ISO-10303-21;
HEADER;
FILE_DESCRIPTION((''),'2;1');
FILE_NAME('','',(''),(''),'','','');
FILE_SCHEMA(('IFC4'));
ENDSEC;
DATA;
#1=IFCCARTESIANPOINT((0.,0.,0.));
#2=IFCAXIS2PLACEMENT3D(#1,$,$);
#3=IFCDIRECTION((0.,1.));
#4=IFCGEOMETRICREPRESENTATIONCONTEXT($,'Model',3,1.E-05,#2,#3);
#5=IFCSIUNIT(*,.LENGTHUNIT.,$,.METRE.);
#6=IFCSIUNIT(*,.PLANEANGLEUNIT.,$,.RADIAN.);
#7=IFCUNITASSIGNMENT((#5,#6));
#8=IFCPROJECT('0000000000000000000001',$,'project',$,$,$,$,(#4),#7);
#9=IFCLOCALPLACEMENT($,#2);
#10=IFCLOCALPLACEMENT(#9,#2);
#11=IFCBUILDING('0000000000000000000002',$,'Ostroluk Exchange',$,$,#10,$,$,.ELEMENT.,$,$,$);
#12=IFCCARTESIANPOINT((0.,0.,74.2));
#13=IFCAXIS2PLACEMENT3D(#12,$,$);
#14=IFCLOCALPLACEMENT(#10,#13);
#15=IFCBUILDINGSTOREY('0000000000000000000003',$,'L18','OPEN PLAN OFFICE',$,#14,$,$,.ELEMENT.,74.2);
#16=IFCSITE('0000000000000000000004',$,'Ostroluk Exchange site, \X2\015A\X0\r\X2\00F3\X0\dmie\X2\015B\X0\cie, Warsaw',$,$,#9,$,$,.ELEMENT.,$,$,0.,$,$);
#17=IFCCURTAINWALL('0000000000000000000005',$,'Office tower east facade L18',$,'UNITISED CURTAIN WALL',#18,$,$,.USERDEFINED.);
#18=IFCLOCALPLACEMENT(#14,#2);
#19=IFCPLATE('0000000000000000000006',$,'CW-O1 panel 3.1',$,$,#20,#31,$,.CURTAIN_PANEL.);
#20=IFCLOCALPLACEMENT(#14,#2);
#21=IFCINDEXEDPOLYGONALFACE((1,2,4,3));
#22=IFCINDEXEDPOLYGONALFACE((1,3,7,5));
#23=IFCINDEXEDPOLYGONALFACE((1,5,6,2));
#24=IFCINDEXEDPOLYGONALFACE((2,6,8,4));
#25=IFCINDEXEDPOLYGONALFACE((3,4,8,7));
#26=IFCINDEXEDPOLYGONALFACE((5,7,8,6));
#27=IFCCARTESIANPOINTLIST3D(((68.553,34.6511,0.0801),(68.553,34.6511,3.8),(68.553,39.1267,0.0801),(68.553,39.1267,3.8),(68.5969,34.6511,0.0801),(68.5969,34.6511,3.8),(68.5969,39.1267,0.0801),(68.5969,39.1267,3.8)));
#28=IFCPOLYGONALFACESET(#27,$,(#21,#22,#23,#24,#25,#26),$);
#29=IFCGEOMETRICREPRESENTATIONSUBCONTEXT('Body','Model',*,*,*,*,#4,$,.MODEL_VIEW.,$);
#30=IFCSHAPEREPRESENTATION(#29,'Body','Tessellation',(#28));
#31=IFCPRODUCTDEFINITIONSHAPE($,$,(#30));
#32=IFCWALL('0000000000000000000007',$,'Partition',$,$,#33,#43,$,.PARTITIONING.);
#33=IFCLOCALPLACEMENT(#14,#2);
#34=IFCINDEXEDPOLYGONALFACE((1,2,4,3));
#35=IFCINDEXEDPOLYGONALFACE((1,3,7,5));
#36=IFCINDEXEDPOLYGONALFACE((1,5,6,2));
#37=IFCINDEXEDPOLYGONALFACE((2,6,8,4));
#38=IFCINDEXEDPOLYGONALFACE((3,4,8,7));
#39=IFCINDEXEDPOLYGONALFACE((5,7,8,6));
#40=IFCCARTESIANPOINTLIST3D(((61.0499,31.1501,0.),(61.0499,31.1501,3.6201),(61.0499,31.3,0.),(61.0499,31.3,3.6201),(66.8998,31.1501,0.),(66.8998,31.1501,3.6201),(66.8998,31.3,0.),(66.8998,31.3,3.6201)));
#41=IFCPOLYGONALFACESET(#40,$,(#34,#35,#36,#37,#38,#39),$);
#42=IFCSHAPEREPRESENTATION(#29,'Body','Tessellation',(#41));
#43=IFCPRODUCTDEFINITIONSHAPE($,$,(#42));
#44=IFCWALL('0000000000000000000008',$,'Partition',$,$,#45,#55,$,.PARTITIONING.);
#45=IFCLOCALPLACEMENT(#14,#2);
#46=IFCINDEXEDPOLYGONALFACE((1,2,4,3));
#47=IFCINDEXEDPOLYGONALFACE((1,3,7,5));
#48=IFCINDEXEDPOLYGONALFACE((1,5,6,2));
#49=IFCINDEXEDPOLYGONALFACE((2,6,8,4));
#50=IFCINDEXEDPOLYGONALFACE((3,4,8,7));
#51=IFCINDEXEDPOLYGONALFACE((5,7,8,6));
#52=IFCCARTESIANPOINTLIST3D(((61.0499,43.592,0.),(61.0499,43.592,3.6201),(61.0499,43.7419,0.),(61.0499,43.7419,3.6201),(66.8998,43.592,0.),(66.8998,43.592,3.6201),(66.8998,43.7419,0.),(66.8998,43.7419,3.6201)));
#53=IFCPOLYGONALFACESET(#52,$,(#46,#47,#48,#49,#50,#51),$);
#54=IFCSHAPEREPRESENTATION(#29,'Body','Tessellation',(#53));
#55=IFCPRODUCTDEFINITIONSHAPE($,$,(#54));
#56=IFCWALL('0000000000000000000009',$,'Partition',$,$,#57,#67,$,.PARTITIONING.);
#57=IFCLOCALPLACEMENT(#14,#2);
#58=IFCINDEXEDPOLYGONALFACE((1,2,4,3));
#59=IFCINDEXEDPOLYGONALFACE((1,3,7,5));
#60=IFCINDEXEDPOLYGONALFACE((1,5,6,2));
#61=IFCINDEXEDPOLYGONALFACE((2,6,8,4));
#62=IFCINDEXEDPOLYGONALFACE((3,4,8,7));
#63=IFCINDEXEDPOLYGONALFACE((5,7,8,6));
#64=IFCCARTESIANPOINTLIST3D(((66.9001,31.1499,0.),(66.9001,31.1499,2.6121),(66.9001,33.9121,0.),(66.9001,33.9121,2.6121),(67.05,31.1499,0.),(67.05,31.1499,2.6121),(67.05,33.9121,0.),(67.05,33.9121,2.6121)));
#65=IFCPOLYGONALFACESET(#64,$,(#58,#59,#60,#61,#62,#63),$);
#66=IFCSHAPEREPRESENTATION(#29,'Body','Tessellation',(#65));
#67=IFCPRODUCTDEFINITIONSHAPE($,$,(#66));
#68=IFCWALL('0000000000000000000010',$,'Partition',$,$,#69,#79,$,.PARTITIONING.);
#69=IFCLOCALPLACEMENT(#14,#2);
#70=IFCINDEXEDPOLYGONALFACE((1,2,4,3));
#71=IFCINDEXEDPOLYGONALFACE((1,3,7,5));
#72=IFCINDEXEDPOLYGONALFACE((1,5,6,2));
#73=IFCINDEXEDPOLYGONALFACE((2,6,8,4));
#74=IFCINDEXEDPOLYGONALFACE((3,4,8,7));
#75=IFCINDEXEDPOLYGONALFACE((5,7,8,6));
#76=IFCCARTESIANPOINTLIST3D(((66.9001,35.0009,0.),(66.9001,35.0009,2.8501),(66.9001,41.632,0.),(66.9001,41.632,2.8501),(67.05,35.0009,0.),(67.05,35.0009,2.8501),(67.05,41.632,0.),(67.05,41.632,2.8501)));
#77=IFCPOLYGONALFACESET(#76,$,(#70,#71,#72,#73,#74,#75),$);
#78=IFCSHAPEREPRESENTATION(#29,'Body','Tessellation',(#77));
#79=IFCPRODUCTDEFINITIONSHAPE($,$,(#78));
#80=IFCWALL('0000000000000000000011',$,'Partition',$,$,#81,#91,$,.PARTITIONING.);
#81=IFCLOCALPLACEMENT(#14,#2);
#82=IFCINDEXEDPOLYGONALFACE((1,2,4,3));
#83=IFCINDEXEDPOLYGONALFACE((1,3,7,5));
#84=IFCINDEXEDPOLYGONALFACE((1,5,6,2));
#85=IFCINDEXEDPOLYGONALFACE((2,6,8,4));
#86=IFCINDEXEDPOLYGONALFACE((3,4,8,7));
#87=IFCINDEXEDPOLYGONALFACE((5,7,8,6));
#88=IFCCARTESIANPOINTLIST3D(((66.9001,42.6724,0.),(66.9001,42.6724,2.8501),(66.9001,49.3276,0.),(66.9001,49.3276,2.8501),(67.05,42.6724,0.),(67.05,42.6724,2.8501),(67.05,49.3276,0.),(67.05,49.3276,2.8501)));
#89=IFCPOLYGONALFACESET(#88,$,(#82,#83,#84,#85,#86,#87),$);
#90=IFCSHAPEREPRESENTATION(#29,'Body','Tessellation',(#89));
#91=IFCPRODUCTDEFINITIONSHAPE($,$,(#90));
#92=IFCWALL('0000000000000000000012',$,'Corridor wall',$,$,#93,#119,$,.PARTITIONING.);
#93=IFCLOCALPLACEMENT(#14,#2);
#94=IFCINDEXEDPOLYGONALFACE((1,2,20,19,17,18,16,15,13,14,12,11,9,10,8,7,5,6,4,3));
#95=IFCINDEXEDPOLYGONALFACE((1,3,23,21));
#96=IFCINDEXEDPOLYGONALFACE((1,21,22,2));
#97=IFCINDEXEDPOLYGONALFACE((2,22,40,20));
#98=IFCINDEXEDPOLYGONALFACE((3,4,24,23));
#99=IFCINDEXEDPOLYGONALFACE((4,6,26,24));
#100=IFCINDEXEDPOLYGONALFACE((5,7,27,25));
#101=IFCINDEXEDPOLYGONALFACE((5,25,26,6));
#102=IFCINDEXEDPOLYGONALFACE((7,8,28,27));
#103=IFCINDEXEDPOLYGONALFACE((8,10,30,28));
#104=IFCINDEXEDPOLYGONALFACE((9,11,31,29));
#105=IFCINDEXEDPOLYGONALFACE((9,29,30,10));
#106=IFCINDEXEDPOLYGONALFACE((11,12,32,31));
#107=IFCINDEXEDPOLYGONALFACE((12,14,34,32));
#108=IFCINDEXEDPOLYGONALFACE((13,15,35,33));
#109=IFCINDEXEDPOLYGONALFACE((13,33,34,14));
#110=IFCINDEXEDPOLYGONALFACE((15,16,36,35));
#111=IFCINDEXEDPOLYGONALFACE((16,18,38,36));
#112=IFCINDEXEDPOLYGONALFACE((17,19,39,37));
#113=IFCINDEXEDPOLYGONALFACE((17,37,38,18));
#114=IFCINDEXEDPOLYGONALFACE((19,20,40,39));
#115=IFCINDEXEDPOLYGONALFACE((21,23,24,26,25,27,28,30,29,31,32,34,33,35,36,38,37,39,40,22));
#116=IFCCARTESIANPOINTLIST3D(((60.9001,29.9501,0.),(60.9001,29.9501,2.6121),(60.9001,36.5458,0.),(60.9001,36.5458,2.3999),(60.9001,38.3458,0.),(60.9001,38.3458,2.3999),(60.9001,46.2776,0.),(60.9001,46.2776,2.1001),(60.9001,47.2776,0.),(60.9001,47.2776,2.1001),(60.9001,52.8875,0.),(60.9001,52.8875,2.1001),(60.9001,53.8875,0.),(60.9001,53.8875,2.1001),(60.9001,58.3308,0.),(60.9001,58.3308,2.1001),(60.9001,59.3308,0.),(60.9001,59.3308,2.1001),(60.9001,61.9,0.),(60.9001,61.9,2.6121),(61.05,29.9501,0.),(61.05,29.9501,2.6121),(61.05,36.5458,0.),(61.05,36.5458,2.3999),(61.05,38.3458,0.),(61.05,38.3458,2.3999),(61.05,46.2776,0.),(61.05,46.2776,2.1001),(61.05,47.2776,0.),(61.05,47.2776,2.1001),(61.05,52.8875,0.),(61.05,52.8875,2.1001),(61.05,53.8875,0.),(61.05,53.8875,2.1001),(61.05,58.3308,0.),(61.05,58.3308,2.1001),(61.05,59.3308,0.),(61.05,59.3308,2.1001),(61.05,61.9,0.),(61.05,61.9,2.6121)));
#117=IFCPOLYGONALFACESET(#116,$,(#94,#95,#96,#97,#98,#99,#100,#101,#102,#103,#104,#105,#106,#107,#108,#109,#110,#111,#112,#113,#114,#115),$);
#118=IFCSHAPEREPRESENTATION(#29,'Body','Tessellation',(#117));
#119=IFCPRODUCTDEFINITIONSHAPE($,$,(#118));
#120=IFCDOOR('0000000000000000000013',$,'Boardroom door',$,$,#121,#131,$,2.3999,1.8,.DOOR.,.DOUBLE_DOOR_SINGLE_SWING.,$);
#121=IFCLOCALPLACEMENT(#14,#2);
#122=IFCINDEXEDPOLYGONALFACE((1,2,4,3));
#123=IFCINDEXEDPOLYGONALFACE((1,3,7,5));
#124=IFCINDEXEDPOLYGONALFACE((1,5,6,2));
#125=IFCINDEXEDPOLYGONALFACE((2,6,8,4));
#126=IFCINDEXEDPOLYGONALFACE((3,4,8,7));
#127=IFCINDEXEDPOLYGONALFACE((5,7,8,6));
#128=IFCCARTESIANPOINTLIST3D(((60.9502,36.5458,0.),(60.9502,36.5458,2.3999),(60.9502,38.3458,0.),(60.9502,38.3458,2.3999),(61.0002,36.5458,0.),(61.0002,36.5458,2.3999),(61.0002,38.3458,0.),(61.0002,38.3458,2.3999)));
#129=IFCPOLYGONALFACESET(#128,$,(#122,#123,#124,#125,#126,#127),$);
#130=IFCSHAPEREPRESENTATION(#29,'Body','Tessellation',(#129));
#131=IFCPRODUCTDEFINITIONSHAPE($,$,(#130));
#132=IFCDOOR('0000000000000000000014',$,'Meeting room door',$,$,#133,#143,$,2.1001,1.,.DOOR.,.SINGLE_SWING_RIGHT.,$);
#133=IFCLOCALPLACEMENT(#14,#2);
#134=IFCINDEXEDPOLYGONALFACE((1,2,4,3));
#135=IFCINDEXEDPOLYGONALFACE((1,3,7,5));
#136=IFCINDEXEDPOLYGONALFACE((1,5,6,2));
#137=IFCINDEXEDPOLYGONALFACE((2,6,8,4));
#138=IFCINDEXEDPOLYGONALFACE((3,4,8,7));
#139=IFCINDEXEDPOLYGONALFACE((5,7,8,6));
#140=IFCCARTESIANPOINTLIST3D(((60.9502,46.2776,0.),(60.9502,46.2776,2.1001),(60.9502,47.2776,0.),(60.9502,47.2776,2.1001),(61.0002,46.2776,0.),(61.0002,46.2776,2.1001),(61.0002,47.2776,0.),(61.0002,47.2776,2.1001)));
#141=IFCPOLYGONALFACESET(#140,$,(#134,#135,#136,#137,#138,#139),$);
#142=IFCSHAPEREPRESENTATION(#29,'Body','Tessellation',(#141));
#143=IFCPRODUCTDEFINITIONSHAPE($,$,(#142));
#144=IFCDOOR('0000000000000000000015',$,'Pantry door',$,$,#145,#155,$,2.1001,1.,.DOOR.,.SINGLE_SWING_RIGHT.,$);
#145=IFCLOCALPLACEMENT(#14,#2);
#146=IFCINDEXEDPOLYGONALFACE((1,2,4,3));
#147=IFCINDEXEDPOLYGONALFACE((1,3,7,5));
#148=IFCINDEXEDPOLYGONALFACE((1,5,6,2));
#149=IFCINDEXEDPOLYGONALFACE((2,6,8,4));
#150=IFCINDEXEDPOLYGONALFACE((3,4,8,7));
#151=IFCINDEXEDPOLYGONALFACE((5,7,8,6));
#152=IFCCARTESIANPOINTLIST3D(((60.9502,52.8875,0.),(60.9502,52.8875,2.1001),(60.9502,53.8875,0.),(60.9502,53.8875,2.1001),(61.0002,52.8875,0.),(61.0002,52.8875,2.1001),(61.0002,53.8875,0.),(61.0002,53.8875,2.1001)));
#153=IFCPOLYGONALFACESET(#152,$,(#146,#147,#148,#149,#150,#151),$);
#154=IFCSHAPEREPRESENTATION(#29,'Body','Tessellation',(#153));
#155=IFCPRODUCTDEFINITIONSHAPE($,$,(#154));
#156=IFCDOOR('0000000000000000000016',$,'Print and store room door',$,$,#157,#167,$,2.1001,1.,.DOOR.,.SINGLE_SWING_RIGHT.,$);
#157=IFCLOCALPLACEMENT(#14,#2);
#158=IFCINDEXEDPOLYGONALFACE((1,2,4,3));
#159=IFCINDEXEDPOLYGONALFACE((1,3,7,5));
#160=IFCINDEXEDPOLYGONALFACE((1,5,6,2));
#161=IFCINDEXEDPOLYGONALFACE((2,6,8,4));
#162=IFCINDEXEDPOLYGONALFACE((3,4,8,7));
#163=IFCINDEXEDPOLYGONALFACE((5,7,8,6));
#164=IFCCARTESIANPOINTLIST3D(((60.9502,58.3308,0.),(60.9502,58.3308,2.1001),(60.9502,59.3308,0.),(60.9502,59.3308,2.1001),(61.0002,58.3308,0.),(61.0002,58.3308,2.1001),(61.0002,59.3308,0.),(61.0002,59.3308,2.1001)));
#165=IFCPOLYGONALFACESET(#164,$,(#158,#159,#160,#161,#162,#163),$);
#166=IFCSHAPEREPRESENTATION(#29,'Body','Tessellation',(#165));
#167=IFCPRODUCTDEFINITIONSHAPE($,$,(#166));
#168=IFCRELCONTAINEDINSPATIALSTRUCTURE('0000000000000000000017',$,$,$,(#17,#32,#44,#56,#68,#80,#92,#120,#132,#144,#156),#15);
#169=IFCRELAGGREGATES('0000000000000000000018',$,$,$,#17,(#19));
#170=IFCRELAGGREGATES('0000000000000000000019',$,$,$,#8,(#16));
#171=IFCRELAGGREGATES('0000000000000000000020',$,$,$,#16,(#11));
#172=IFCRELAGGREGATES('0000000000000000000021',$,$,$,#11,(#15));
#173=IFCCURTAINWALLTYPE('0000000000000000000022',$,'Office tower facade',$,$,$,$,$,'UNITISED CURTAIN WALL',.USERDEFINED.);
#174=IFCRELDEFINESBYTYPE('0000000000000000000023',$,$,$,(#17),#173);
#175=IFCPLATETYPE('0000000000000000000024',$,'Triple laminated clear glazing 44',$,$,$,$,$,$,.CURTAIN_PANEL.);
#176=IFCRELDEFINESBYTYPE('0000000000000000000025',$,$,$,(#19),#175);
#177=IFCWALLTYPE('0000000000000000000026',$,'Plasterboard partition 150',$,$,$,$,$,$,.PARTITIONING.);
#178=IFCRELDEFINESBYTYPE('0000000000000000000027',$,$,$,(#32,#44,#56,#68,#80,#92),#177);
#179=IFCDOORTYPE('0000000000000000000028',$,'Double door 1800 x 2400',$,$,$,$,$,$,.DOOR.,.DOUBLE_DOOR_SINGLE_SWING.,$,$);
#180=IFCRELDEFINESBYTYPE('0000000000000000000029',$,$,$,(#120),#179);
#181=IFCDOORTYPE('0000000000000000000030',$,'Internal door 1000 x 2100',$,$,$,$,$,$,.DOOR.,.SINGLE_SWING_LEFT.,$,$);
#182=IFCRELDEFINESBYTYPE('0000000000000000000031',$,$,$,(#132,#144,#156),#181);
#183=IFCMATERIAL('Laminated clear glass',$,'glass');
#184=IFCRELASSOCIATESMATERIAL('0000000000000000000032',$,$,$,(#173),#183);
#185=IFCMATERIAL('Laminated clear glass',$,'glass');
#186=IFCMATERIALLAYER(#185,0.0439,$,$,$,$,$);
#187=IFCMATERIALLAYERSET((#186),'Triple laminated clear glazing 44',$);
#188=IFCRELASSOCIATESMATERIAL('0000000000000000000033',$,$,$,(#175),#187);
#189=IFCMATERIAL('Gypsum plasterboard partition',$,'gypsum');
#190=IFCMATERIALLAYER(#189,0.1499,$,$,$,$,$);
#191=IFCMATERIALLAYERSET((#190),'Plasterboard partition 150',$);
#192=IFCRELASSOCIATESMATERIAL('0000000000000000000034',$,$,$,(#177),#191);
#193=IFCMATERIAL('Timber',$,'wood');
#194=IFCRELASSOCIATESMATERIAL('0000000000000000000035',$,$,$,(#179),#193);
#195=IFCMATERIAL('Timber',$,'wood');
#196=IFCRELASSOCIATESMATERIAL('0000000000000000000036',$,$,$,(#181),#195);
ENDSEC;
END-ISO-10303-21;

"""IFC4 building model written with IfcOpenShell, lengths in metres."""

from ifc_helpers import new_model, si_unit, direction, frame, frame_2d, origin, origin_2d, place, context, subcontext, project, spatial, rectangle, extrude, material, layer, layer_set, type_object, element, fill, aggregate, save


model = new_model("IFC4")

# Units and contexts
model_context = context("Model", 3, precision=1e-05, world=origin(), true_north=direction((0.0, 1.0)))
body_context = subcontext(model_context, "Body", "Model", "MODEL_VIEW")
ifc_project = project(units=[si_unit("LENGTHUNIT", "METRE"), si_unit("PLANEANGLEUNIT", "RADIAN")], contexts=[model_context])

# Site, building, storey
site_placement = place(None, origin())
site = spatial("IfcSite", under=ifc_project, at=site_placement, Name="Ostroluk Exchange site, Śródmieście, Warsaw", CompositionType="ELEMENT", RefElevation=0.0)
building_placement = place(site_placement, origin())
building = spatial("IfcBuilding", under=site, at=building_placement, Name="Ostroluk Exchange", CompositionType="ELEMENT")
storey_placement = place(building_placement, frame((0.0, 0.0, 74.2)))
storey = spatial("IfcBuildingStorey", under=building, at=storey_placement, Name="L18", Description="OPEN PLAN OFFICE", CompositionType="ELEMENT", Elevation=74.2)

# Curtain wall, plate
ifc_material_1 = material(Name="Laminated clear glass", Category="glass")
curtain_wall_type = type_object("IfcCurtainWallType", Name="Office tower facade", ElementType="UNITISED CURTAIN WALL", PredefinedType="USERDEFINED", material=ifc_material_1)
curtain_wall_placement = place(storey_placement, origin())
curtain_wall = element("IfcCurtainWall", 1, at=curtain_wall_placement, inside=storey, type_object=curtain_wall_type, Name="Office tower east facade L18", ObjectType="UNITISED CURTAIN WALL", PredefinedType="USERDEFINED")
ifc_material_2 = material(Name="Laminated clear glass", Category="glass")
ifc_layer_1 = layer(ifc_material_2, 0.0439)
ifc_layer_set_1 = layer_set([ifc_layer_1], Name="Triple laminated clear glazing 44")
plate_type = type_object("IfcPlateType", Name="Triple laminated clear glazing 44", PredefinedType="CURTAIN_PANEL", material=ifc_layer_set_1)
plate_1_placement = place(storey_placement, frame((68.575, 36.8889, 0.0801), z_axis=(0.0, 0.0, 1.0), x_axis=(0.0, 1.0, 0.0)))
plate_1 = element("IfcPlate", 2, at=plate_1_placement, type_object=plate_type, Name="CW-O1 panel 3.1", PredefinedType="CURTAIN_PANEL", context=body_context, shape_type="SweptSolid", body=[
    extrude(rectangle(XDim=4.4756, YDim=0.0439, at=origin_2d()), origin(), (0.0, 0.0, 1.0), 3.72),
])
aggregate(curtain_wall, [plate_1])

# Walls
ifc_material_3 = material(Name="Gypsum plasterboard partition", Category="gypsum")
ifc_layer_2 = layer(ifc_material_3, 0.1499)
ifc_layer_set_2 = layer_set([ifc_layer_2], Name="Plasterboard partition 150")
wall_type = type_object("IfcWallType", Name="Plasterboard partition 150", PredefinedType="PARTITIONING", material=ifc_layer_set_2)
for number, where, z_axis, x_axis, name in (
    (3, (61.05, 31.2251, 0.0), (0.0, 0.0, 1.0), (1.0, 0.0, 0.0), "Partition"),
    (4, (61.05, 43.667, 0.0), (0.0, 0.0, 1.0), (1.0, 0.0, 0.0), "Partition"),
):
    element("IfcWall", number, at=place(storey_placement, frame(where, z_axis=z_axis, x_axis=x_axis)), inside=storey, type_object=wall_type, Name=name, PredefinedType="PARTITIONING", context=body_context, shape_type="SweptSolid", body=[
        extrude(rectangle(XDim=5.8499, YDim=0.1499, at=frame_2d((2.9248, 0.0))), origin(), (0.0, 0.0, 1.0), 3.6201),
    ])
wall_1_placement = place(storey_placement, frame((66.9751, 31.1499, 0.0), z_axis=(0.0, 0.0, 1.0), x_axis=(0.0, 1.0, 0.0)))
element("IfcWall", 5, at=wall_1_placement, inside=storey, type_object=wall_type, Name="Partition", PredefinedType="PARTITIONING", context=body_context, shape_type="SweptSolid", body=[
    extrude(rectangle(XDim=2.7622, YDim=0.1499, at=frame_2d((1.3811, 0.0))), origin(), (0.0, 0.0, 1.0), 2.6121),
])
wall_2_placement = place(storey_placement, frame((66.9751, 35.001, 0.0), z_axis=(0.0, 0.0, 1.0), x_axis=(0.0, 1.0, 0.0)))
element("IfcWall", 6, at=wall_2_placement, inside=storey, type_object=wall_type, Name="Partition", PredefinedType="PARTITIONING", context=body_context, shape_type="SweptSolid", body=[
    extrude(rectangle(XDim=6.6311, YDim=0.1499, at=frame_2d((3.3154, 0.0))), origin(), (0.0, 0.0, 1.0), 2.8501),
])
wall_3_placement = place(storey_placement, frame((66.9751, 42.6724, 0.0), z_axis=(0.0, 0.0, 1.0), x_axis=(0.0, 1.0, 0.0)))
element("IfcWall", 7, at=wall_3_placement, inside=storey, type_object=wall_type, Name="Partition", PredefinedType="PARTITIONING", context=body_context, shape_type="SweptSolid", body=[
    extrude(rectangle(XDim=6.6553, YDim=0.1499, at=frame_2d((3.3276, 0.0))), origin(), (0.0, 0.0, 1.0), 2.8501),
])

# Wall, openings, doors
wall_4_placement = place(storey_placement, frame((60.9751, 29.95, 0.0), z_axis=(0.0, 0.0, 1.0), x_axis=(0.0, 1.0, 0.0)))
wall_4 = element("IfcWall", 8, at=wall_4_placement, inside=storey, type_object=wall_type, Name="Corridor wall", PredefinedType="PARTITIONING", context=body_context, shape_type="SweptSolid", body=[
    extrude(rectangle(XDim=31.95, YDim=0.1499, at=frame_2d((15.9751, 0.0))), origin(), (0.0, 0.0, 1.0), 2.6121),
])
opening_1_placement = place(wall_4_placement, frame((6.5959, 0.0, 0.0)))
opening_1 = element("IfcOpeningElement", 9, at=opening_1_placement, cuts=wall_4, PredefinedType="OPENING", context=body_context, shape_type="SweptSolid", body=[
    extrude(rectangle(XDim=1.8, YDim=2.3999, at=frame_2d((0.8999, 1.2))), frame((0.0, 0.085, 0.0), z_axis=(0.0, -1.0, 0.0), x_axis=(1.0, 0.0, 0.0)), (0.0, 0.0, 1.0), 0.1699),
])
opening_2_placement = place(wall_4_placement, frame((16.3276, 0.0, 0.0)))
opening_2 = element("IfcOpeningElement", 10, at=opening_2_placement, cuts=wall_4, PredefinedType="OPENING", context=body_context, shape_type="SweptSolid", body=[
    extrude(rectangle(XDim=1.0, YDim=2.1001, at=frame_2d((0.5, 1.05))), frame((0.0, 0.085, 0.0), z_axis=(0.0, -1.0, 0.0), x_axis=(1.0, 0.0, 0.0)), (0.0, 0.0, 1.0), 0.1699),
])
opening_3_placement = place(wall_4_placement, frame((22.9375, 0.0, 0.0)))
opening_3 = element("IfcOpeningElement", 11, at=opening_3_placement, cuts=wall_4, PredefinedType="OPENING", context=body_context, shape_type="SweptSolid", body=[
    extrude(rectangle(XDim=1.0, YDim=2.1001, at=frame_2d((0.5, 1.05))), frame((0.0, 0.085, 0.0), z_axis=(0.0, -1.0, 0.0), x_axis=(1.0, 0.0, 0.0)), (0.0, 0.0, 1.0), 0.1699),
])
opening_4_placement = place(wall_4_placement, frame((28.3809, 0.0, 0.0)))
opening_4 = element("IfcOpeningElement", 12, at=opening_4_placement, cuts=wall_4, PredefinedType="OPENING", context=body_context, shape_type="SweptSolid", body=[
    extrude(rectangle(XDim=1.0, YDim=2.1001, at=frame_2d((0.5, 1.05))), frame((0.0, 0.085, 0.0), z_axis=(0.0, -1.0, 0.0), x_axis=(1.0, 0.0, 0.0)), (0.0, 0.0, 1.0), 0.1699),
])
ifc_material_4 = material(Name="Timber", Category="wood")
door_type_1 = type_object("IfcDoorType", Name="Double door 1800 x 2400", OperationType="DOUBLE_DOOR_SINGLE_SWING", PredefinedType="DOOR", material=ifc_material_4)
door_1_placement = place(opening_1_placement, origin())
door_1 = element("IfcDoor", 13, at=door_1_placement, inside=storey, type_object=door_type_1, Name="Boardroom door", OperationType="DOUBLE_DOOR_SINGLE_SWING", OverallHeight=2.3999, OverallWidth=1.8, PredefinedType="DOOR", context=body_context, shape_type="SweptSolid", body=[
    extrude(rectangle(XDim=1.8, YDim=2.3999, at=frame_2d((0.8999, 1.2))), frame((0.0, 0.0249, 0.0), z_axis=(0.0, -1.0, 0.0), x_axis=(1.0, 0.0, 0.0)), (0.0, 0.0, 1.0), 0.05),
])
fill(opening_1, door_1)
ifc_material_5 = material(Name="Timber", Category="wood")
door_type_2 = type_object("IfcDoorType", Name="Internal door 1000 x 2100", OperationType="SINGLE_SWING_LEFT", PredefinedType="DOOR", material=ifc_material_5)
door_2_placement = place(opening_2_placement, origin())
door_2 = element("IfcDoor", 14, at=door_2_placement, inside=storey, type_object=door_type_2, Name="Meeting room door", OperationType="SINGLE_SWING_RIGHT", OverallHeight=2.1001, OverallWidth=1.0, PredefinedType="DOOR", context=body_context, shape_type="SweptSolid", body=[
    extrude(rectangle(XDim=1.0, YDim=2.1001, at=frame_2d((0.5, 1.05))), frame((0.0, 0.0249, 0.0), z_axis=(0.0, -1.0, 0.0), x_axis=(1.0, 0.0, 0.0)), (0.0, 0.0, 1.0), 0.05),
])
fill(opening_2, door_2)
door_3_placement = place(opening_3_placement, origin())
door_3 = element("IfcDoor", 15, at=door_3_placement, inside=storey, type_object=door_type_2, Name="Pantry door", OperationType="SINGLE_SWING_RIGHT", OverallHeight=2.1001, OverallWidth=1.0, PredefinedType="DOOR", context=body_context, shape_type="SweptSolid", body=[
    extrude(rectangle(XDim=1.0, YDim=2.1001, at=frame_2d((0.5, 1.05))), frame((0.0, 0.0249, 0.0), z_axis=(0.0, -1.0, 0.0), x_axis=(1.0, 0.0, 0.0)), (0.0, 0.0, 1.0), 0.05),
])
fill(opening_3, door_3)
door_4_placement = place(opening_4_placement, origin())
door_4 = element("IfcDoor", 16, at=door_4_placement, inside=storey, type_object=door_type_2, Name="Print and store room door", OperationType="SINGLE_SWING_RIGHT", OverallHeight=2.1001, OverallWidth=1.0, PredefinedType="DOOR", context=body_context, shape_type="SweptSolid", body=[
    extrude(rectangle(XDim=1.0, YDim=2.1001, at=frame_2d((0.5, 1.05))), frame((0.0, 0.0249, 0.0), z_axis=(0.0, -1.0, 0.0), x_axis=(1.0, 0.0, 0.0)), (0.0, 0.0, 1.0), 0.05),
])
fill(opening_4, door_4)

save(model, "model.ifc")
